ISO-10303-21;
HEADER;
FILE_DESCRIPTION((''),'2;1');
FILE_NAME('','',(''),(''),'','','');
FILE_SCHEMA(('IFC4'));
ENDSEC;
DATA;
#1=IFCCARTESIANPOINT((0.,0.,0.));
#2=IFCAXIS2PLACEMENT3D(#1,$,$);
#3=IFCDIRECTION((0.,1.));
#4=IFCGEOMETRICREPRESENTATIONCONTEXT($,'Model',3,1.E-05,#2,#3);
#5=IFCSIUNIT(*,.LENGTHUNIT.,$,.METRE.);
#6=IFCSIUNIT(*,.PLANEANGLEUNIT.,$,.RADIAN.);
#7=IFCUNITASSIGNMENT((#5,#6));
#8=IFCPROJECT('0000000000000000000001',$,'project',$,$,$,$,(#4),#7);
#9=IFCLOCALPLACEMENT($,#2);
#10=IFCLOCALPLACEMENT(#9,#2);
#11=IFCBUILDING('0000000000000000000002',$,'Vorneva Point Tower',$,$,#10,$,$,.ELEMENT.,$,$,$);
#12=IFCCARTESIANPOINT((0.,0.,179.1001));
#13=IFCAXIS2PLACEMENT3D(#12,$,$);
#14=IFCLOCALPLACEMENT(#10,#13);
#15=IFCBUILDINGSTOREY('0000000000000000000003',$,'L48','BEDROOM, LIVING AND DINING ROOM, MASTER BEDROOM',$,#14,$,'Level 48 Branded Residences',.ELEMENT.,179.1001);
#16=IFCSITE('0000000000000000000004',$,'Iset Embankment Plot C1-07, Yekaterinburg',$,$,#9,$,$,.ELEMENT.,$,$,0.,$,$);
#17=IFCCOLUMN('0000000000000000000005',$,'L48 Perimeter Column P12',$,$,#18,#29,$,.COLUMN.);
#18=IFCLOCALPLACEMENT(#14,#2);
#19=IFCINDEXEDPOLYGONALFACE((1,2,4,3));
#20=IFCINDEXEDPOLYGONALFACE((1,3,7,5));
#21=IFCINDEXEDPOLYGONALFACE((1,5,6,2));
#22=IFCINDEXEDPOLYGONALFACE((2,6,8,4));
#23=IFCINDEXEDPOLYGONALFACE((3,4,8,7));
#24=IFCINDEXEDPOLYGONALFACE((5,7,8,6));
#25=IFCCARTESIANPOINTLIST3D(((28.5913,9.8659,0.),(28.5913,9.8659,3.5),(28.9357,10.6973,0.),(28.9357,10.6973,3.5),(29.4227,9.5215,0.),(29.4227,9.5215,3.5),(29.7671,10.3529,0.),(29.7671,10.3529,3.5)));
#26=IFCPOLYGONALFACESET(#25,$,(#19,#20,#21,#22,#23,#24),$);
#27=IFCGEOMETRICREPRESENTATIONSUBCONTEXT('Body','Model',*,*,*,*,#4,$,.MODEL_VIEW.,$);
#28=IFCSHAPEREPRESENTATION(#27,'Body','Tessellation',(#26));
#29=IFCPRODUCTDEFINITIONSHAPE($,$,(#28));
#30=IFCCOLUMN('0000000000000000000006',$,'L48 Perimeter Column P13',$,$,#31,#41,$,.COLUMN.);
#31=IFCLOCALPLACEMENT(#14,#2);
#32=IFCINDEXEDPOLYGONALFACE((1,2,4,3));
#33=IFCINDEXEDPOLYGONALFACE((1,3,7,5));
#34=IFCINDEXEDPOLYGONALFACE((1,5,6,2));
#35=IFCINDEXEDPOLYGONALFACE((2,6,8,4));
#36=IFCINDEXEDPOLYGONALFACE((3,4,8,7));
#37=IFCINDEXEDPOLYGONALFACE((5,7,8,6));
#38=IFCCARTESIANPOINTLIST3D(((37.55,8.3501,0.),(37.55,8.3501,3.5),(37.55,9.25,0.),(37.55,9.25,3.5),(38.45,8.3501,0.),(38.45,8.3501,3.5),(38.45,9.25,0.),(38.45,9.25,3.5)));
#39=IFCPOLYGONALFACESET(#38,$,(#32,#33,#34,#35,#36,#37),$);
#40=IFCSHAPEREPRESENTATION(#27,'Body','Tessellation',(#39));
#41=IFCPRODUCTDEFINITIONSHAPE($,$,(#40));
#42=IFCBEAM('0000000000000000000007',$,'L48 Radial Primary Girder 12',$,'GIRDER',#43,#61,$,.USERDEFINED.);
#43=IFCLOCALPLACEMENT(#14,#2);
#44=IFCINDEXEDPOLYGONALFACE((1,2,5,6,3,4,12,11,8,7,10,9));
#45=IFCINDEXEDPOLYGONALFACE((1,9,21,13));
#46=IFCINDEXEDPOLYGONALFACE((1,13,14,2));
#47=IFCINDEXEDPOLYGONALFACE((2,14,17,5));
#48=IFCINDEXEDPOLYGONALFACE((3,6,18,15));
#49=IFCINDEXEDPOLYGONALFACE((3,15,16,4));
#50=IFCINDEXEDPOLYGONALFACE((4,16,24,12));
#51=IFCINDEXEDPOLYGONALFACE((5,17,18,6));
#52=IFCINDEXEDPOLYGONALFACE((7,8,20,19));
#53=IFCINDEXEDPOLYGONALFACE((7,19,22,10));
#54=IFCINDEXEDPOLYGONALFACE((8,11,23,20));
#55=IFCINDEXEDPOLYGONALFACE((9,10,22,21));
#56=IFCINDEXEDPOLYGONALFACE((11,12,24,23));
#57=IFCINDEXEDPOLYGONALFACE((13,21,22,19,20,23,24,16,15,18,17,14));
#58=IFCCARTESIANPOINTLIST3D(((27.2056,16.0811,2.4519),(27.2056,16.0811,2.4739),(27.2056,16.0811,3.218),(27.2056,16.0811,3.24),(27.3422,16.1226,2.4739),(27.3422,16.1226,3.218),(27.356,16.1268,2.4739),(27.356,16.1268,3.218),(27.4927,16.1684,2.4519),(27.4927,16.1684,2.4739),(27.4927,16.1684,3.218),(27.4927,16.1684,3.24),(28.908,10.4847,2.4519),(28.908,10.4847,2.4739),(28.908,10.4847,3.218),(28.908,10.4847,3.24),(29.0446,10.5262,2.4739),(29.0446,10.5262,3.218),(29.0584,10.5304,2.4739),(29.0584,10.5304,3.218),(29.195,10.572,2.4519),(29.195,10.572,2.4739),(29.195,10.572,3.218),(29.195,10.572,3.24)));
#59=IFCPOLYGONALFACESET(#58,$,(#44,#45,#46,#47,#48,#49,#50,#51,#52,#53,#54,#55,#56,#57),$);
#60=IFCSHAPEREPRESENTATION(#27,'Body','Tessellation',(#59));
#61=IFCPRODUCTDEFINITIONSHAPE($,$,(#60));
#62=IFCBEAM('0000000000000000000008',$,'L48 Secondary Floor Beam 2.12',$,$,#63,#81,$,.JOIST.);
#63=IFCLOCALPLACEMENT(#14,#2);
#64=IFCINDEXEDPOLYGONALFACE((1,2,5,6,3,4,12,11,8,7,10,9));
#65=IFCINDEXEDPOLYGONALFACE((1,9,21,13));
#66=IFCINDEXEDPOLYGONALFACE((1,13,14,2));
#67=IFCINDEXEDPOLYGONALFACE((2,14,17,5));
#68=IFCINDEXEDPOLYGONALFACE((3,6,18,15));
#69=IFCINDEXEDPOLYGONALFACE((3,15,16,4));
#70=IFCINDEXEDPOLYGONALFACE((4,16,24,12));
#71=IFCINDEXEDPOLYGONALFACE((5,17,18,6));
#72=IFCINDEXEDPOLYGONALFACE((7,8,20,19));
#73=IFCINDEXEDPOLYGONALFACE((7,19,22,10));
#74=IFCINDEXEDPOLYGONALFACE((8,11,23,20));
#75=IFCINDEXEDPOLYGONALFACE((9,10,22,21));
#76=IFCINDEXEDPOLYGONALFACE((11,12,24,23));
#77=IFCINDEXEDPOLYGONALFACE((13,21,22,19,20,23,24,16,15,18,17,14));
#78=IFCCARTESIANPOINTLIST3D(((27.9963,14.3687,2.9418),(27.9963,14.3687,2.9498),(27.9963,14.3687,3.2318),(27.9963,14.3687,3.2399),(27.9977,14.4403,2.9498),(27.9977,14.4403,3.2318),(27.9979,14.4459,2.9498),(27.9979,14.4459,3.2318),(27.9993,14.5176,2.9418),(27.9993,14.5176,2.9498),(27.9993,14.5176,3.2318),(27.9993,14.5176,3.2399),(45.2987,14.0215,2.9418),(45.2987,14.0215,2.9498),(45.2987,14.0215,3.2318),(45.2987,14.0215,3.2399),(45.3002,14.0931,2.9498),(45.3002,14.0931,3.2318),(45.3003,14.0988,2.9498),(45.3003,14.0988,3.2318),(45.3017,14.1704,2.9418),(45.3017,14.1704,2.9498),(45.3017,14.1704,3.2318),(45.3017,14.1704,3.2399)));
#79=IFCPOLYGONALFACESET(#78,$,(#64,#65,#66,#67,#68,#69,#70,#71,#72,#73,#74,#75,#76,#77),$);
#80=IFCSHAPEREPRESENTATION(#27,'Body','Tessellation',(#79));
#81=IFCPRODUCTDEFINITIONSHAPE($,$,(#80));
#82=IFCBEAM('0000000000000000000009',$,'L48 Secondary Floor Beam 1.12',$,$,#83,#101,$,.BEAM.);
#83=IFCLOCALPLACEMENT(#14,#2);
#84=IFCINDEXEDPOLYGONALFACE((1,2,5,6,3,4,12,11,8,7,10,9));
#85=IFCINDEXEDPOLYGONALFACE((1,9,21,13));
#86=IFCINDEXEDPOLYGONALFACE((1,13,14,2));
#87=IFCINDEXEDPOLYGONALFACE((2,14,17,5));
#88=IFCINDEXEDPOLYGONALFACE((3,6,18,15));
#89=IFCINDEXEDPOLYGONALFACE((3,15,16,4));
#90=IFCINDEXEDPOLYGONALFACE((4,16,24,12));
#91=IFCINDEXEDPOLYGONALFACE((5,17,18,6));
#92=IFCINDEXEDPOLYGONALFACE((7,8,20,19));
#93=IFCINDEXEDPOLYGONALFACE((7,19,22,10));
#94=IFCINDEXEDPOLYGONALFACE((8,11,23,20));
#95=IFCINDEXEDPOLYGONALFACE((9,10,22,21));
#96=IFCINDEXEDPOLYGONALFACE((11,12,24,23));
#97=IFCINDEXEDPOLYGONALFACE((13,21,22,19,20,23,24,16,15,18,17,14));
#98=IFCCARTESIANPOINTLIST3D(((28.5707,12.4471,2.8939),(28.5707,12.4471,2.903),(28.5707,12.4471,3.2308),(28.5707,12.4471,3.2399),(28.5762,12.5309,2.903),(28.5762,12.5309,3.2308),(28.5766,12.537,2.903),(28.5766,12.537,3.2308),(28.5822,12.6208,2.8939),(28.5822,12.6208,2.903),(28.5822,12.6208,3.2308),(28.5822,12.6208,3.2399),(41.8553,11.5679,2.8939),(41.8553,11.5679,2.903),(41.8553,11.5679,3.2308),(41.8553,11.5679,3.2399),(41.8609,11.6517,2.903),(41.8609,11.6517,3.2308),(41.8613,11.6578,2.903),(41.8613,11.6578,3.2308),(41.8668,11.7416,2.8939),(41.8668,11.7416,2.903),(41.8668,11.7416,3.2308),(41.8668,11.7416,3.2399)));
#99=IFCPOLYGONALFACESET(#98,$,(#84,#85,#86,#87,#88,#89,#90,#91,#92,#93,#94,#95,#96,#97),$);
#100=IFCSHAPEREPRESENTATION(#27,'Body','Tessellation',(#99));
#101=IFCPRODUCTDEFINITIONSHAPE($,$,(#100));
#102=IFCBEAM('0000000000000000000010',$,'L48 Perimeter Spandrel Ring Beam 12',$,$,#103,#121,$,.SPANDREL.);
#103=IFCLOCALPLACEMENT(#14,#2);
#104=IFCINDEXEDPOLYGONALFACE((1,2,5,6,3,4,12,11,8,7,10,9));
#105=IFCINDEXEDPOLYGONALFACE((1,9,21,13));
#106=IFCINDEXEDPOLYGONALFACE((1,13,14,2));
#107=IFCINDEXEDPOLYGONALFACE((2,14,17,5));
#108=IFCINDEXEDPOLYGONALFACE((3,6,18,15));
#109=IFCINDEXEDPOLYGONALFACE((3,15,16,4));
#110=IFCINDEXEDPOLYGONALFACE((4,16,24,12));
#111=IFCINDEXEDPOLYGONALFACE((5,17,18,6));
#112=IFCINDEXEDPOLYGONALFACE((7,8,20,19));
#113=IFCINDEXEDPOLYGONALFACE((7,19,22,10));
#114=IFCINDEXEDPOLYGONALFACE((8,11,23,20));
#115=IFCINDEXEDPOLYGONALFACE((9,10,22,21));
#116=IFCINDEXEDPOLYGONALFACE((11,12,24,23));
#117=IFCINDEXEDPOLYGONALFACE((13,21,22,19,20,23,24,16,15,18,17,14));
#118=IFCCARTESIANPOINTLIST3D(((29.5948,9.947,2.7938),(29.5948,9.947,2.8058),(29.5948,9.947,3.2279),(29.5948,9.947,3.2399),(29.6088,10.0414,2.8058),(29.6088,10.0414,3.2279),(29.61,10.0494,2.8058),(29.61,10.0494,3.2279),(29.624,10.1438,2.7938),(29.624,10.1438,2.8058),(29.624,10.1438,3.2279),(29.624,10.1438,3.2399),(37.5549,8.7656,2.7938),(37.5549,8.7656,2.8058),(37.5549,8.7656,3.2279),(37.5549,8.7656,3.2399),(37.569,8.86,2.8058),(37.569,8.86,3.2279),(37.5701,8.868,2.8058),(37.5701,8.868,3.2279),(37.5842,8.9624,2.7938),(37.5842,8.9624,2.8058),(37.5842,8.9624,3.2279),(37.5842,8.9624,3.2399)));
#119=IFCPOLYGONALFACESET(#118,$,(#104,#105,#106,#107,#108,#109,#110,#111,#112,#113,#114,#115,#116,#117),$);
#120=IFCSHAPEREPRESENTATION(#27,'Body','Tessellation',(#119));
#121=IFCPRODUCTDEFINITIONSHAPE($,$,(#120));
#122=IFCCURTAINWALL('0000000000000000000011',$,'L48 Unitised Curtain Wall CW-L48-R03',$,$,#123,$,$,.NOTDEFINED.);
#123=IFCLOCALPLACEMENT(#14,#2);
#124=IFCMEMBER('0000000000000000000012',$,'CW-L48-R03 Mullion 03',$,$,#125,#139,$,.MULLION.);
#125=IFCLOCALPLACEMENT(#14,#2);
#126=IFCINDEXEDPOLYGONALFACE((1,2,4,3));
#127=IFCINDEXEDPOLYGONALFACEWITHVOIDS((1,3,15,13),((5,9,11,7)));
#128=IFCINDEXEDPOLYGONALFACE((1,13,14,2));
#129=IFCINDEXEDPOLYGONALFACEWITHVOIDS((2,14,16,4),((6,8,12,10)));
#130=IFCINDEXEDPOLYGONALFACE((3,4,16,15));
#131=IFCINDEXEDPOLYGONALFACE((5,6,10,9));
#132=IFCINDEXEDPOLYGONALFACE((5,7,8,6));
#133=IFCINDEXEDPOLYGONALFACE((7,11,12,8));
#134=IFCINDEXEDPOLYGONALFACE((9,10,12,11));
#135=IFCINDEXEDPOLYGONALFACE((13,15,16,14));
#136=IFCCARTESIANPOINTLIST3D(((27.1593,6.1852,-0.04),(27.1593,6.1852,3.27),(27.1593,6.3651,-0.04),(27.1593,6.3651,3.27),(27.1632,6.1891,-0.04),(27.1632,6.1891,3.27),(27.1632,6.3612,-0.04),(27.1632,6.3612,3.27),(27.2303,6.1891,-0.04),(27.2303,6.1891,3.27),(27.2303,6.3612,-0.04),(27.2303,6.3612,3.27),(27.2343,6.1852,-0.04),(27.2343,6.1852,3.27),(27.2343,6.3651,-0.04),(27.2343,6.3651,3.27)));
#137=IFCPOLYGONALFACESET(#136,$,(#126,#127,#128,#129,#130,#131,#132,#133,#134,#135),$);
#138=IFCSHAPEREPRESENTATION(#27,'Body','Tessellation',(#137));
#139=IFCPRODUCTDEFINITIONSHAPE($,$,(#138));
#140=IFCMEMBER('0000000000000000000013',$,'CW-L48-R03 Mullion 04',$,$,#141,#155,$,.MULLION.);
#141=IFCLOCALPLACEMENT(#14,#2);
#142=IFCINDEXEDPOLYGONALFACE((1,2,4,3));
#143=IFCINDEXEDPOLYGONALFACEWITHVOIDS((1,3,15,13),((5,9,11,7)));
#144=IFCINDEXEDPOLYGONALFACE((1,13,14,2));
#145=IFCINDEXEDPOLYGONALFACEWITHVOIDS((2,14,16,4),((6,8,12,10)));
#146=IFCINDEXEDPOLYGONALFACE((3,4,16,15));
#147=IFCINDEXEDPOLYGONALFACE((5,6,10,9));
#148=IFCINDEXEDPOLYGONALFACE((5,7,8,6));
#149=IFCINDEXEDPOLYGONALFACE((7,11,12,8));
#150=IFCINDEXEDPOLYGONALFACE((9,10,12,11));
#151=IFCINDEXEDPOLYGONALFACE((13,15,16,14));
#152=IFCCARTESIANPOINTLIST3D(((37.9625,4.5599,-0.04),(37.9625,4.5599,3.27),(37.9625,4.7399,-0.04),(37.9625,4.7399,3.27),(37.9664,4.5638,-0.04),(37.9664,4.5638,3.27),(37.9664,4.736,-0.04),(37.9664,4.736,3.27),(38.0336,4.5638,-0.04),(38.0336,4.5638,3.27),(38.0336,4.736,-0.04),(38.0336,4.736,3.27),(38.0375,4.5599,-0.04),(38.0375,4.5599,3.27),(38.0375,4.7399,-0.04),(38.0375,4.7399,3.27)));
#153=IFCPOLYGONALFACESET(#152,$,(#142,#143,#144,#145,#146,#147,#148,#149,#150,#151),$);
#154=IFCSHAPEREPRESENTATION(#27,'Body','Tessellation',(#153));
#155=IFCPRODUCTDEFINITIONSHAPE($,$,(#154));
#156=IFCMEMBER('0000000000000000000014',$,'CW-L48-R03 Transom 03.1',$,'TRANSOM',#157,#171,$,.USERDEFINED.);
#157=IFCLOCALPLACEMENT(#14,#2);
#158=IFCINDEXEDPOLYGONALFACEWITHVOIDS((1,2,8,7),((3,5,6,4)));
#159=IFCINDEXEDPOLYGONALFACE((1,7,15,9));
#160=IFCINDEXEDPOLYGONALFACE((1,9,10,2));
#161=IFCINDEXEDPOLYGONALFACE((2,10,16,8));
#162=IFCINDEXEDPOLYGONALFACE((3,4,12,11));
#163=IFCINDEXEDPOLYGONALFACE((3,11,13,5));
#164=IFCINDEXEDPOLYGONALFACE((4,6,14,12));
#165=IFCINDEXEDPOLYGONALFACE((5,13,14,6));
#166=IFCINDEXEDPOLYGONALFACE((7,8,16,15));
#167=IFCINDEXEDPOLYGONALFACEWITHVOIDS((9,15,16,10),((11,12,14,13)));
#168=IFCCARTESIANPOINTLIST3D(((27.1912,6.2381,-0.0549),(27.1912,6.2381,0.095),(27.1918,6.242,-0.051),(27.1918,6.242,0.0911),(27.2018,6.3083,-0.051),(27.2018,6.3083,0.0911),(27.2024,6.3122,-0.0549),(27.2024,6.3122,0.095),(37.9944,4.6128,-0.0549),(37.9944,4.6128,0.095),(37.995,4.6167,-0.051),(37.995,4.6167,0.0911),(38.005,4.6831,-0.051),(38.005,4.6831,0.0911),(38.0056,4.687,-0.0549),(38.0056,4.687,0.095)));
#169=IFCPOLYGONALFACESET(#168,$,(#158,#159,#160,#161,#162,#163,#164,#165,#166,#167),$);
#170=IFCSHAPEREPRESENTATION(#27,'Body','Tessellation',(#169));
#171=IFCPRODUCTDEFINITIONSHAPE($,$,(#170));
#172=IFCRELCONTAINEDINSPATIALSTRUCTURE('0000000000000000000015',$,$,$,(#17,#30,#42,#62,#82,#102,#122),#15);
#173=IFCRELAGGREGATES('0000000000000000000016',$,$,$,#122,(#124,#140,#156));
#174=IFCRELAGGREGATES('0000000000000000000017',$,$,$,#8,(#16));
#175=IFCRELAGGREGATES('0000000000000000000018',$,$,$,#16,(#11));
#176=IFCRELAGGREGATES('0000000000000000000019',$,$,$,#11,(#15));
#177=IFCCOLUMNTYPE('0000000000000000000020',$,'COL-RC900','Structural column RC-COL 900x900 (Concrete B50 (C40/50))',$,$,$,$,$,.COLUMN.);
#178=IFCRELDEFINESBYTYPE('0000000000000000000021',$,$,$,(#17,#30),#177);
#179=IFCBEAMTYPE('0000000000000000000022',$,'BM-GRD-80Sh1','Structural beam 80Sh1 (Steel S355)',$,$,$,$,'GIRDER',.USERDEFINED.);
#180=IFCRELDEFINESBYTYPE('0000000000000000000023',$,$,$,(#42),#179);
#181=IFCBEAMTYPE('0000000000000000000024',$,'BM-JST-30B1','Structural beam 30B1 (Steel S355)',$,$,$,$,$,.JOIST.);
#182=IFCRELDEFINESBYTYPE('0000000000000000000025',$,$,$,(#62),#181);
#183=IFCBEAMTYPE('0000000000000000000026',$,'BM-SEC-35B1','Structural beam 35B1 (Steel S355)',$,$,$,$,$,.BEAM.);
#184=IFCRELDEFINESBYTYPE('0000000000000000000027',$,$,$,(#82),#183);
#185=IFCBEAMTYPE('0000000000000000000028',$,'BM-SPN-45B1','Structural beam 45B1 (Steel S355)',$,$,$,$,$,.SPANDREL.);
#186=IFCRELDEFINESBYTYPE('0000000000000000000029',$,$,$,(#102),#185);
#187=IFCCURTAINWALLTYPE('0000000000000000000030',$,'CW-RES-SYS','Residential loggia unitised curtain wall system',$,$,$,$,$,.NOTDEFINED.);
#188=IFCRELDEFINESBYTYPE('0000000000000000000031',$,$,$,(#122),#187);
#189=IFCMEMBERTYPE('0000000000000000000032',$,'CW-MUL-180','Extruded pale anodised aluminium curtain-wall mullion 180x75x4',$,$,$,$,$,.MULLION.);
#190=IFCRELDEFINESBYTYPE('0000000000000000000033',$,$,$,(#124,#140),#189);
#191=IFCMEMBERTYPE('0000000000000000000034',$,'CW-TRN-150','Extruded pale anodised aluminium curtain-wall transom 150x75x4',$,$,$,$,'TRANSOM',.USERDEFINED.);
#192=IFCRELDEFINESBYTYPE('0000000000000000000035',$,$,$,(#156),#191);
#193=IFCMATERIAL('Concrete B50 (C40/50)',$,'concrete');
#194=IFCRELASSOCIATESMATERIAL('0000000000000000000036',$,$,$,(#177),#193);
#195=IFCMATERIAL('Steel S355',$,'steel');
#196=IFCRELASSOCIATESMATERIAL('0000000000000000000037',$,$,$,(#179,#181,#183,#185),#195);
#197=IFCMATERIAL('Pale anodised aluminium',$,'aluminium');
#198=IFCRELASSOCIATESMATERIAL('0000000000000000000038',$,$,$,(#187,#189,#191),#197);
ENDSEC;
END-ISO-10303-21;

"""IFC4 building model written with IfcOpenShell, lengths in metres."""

from ifc_helpers import new_model, si_unit, direction, frame, origin, origin_2d, place, context, subcontext, project, spatial, rectangle, hollow_rectangle, i_section, extrude, material, material_profile, profile_set, type_object, element, aggregate, save


model = new_model("IFC4")

# Units and contexts
model_context = context("Model", 3, precision=1e-05, world=origin(), true_north=direction((0.0, 1.0)))
body_context = subcontext(model_context, "Body", "Model", "MODEL_VIEW")
ifc_project = project(units=[si_unit("LENGTHUNIT", "METRE"), si_unit("PLANEANGLEUNIT", "RADIAN")], contexts=[model_context])

# Site, building, storey
site_placement = place(None, origin())
site = spatial("IfcSite", under=ifc_project, at=site_placement, Name="Iset Embankment Plot C1-07, Yekaterinburg", CompositionType="ELEMENT", RefElevation=0.0)
building_placement = place(site_placement, origin())
building = spatial("IfcBuilding", under=site, at=building_placement, Name="Vorneva Point Tower", CompositionType="ELEMENT")
storey_placement = place(building_placement, frame((0.0, 0.0, 179.1001)))
storey = spatial("IfcBuildingStorey", under=building, at=storey_placement, Name="L48", Description="BEDROOM, LIVING AND DINING ROOM, MASTER BEDROOM", LongName="Level 48 Branded Residences", CompositionType="ELEMENT", Elevation=179.1001)

# Columns
ifc_material_1 = material(Name="Concrete B50 (C40/50)", Category="concrete")
ifc_material_profile_1 = material_profile(ifc_material_1, rectangle(XDim=0.8999, YDim=0.8999, at=origin_2d()), Name="RC-COL 900x900")
ifc_profile_set_1 = profile_set([ifc_material_profile_1], Name="Concrete B50 (C40/50)")
column_type = type_object("IfcColumnType", Name="COL-RC900", Description="Structural column RC-COL 900x900 (Concrete B50 (C40/50))", PredefinedType="COLUMN", material=ifc_profile_set_1)
for number, where, z_axis, x_axis, name in (
    (1, (29.1792, 10.1094, 0.0), (0.0, 0.0, 1.0), (-0.382683, -0.92388, 0.0), "L48 Perimeter Column P12"),
    (2, (38.0, 8.8, 0.0), (0.0, 0.0, 1.0), (0.0, -1.0, 0.0), "L48 Perimeter Column P13"),
):
    element("IfcColumn", number, at=place(storey_placement, frame(where, z_axis=z_axis, x_axis=x_axis)), inside=storey, type_object=column_type, Name=name, PredefinedType="COLUMN", context=body_context, shape_type="SweptSolid", body=[
        extrude(rectangle(XDim=0.8999, YDim=0.8999, at=origin_2d()), origin(), (0.0, 0.0, 1.0), 3.5),
    ])

# Beams
ifc_material_2 = material(Name="Steel S355", Category="steel")
ifc_material_profile_2 = material_profile(ifc_material_2, i_section(OverallWidth=0.3, OverallDepth=0.7881, WebThickness=0.0144, FlangeThickness=0.022, at=origin_2d()), Name="80Sh1")
ifc_profile_set_2 = profile_set([ifc_material_profile_2], Name="Steel S355")
beam_type_1 = type_object("IfcBeamType", Name="BM-GRD-80Sh1", Description="Structural beam 80Sh1 (Steel S355)", ElementType="GIRDER", PredefinedType="USERDEFINED", material=ifc_profile_set_2)
beam_1_placement = place(storey_placement, frame((29.0515, 10.5283, 2.8459), z_axis=(-0.291025, 0.956715, 0.0), x_axis=(-0.956715, -0.291025, 0.0)))
element("IfcBeam", 3, at=beam_1_placement, inside=storey, type_object=beam_type_1, Name="L48 Radial Primary Girder 12", ObjectType="GIRDER", PredefinedType="USERDEFINED", context=body_context, shape_type="SweptSolid", body=[
    extrude(i_section(OverallWidth=0.3, OverallDepth=0.7881, WebThickness=0.0144, FlangeThickness=0.022, at=origin_2d()), origin(), (0.0, 0.0, 1.0), 5.8496),
])
ifc_material_profile_3 = material_profile(ifc_material_2, i_section(OverallWidth=0.1489, OverallDepth=0.2981, WebThickness=0.0056, FlangeThickness=0.0081, at=origin_2d()), Name="30B1")
ifc_profile_set_3 = profile_set([ifc_material_profile_3], Name="Steel S355")
beam_type_2 = type_object("IfcBeamType", Name="BM-JST-30B1", Description="Structural beam 30B1 (Steel S355)", PredefinedType="JOIST", material=ifc_profile_set_3)
beam_2_placement = place(storey_placement, frame((27.9978, 14.4431, 3.0908), z_axis=(0.999799, -0.020061, 0.0), x_axis=(0.020061, 0.999799, 0.0)))
element("IfcBeam", 4, at=beam_2_placement, inside=storey, type_object=beam_type_2, Name="L48 Secondary Floor Beam 2.12", PredefinedType="JOIST", context=body_context, shape_type="SweptSolid", body=[
    extrude(i_section(OverallWidth=0.1489, OverallDepth=0.2981, WebThickness=0.0056, FlangeThickness=0.0081, at=origin_2d()), origin(), (0.0, 0.0, 1.0), 17.3059),
])
ifc_material_profile_4 = material_profile(ifc_material_2, i_section(OverallWidth=0.1741, OverallDepth=0.3459, WebThickness=0.0061, FlangeThickness=0.009, at=origin_2d()), Name="35B1")
ifc_profile_set_4 = profile_set([ifc_material_profile_4], Name="Steel S355")
beam_type_3 = type_object("IfcBeamType", Name="BM-SEC-35B1", Description="Structural beam 35B1 (Steel S355)", PredefinedType="BEAM", material=ifc_profile_set_4)
beam_3_placement = place(storey_placement, frame((28.5764, 12.5339, 3.0669), z_axis=(0.997817, -0.066033, 0.0), x_axis=(0.066033, 0.997817, 0.0)))
element("IfcBeam", 5, at=beam_3_placement, inside=storey, type_object=beam_type_3, Name="L48 Secondary Floor Beam 1.12", PredefinedType="BEAM", context=body_context, shape_type="SweptSolid", body=[
    extrude(i_section(OverallWidth=0.1741, OverallDepth=0.3459, WebThickness=0.0061, FlangeThickness=0.009, at=origin_2d()), origin(), (0.0, 0.0, 1.0), 13.3137),
])
ifc_material_profile_5 = material_profile(ifc_material_2, i_section(OverallWidth=0.199, OverallDepth=0.446, WebThickness=0.0081, FlangeThickness=0.012, at=origin_2d()), Name="45B1")
ifc_profile_set_5 = profile_set([ifc_material_profile_5], Name="Steel S355")
beam_type_4 = type_object("IfcBeamType", Name="BM-SPN-45B1", Description="Structural beam 45B1 (Steel S355)", PredefinedType="SPANDREL", material=ifc_profile_set_5)
beam_4_placement = place(storey_placement, frame((29.6094, 10.0454, 3.0168), z_axis=(0.989165, -0.146805, 0.0), x_axis=(0.146805, 0.989165, 0.0)))
element("IfcBeam", 6, at=beam_4_placement, inside=storey, type_object=beam_type_4, Name="L48 Perimeter Spandrel Ring Beam 12", PredefinedType="SPANDREL", context=body_context, shape_type="SweptSolid", body=[
    extrude(i_section(OverallWidth=0.199, OverallDepth=0.446, WebThickness=0.0081, FlangeThickness=0.012, at=origin_2d()), origin(), (0.0, 0.0, 1.0), 8.0474),
])

# Curtain wall, members
ifc_material_3 = material(Name="Pale anodised aluminium", Category="aluminium")
curtain_wall_type = type_object("IfcCurtainWallType", Name="CW-RES-SYS", Description="Residential loggia unitised curtain wall system", PredefinedType="NOTDEFINED", material=ifc_material_3)
curtain_wall_placement = place(storey_placement, origin())
curtain_wall = element("IfcCurtainWall", 7, at=curtain_wall_placement, inside=storey, type_object=curtain_wall_type, Name="L48 Unitised Curtain Wall CW-L48-R03", PredefinedType="NOTDEFINED")
ifc_material_profile_6 = material_profile(ifc_material_3, hollow_rectangle(XDim=0.075, YDim=0.1799, WallThickness=0.0039, at=origin_2d()), Name="AL-MUL 180x75x4")
ifc_profile_set_6 = profile_set([ifc_material_profile_6], Name="Pale anodised aluminium")
member_type_1 = type_object("IfcMemberType", Name="CW-MUL-180", Description="Extruded pale anodised aluminium curtain-wall mullion 180x75x4", PredefinedType="MULLION", material=ifc_profile_set_6)
member_1_placement = place(storey_placement, frame((27.1968, 6.2751, -0.04), z_axis=(0.0, 0.0, 1.0), x_axis=(1.0, 0.0, 0.0)))
member_1 = element("IfcMember", 8, at=member_1_placement, type_object=member_type_1, Name="CW-L48-R03 Mullion 03", PredefinedType="MULLION", context=body_context, shape_type="SweptSolid", body=[
    extrude(hollow_rectangle(XDim=0.075, YDim=0.1799, WallThickness=0.0039, at=origin_2d()), origin(), (0.0, 0.0, 1.0), 3.3101),
])
member_2_placement = place(storey_placement, frame((38.0, 4.6499, -0.04), z_axis=(0.0, 0.0, 1.0), x_axis=(1.0, 0.0, 0.0)))
member_2 = element("IfcMember", 9, at=member_2_placement, type_object=member_type_1, Name="CW-L48-R03 Mullion 04", PredefinedType="MULLION", context=body_context, shape_type="SweptSolid", body=[
    extrude(hollow_rectangle(XDim=0.075, YDim=0.1799, WallThickness=0.0039, at=origin_2d()), origin(), (0.0, 0.0, 1.0), 3.3101),
])
ifc_material_profile_7 = material_profile(ifc_material_3, hollow_rectangle(XDim=0.075, YDim=0.1499, WallThickness=0.0039, at=origin_2d()), Name="AL-TRN 150x75x4")
ifc_profile_set_7 = profile_set([ifc_material_profile_7], Name="Pale anodised aluminium")
member_type_2 = type_object("IfcMemberType", Name="CW-TRN-150", Description="Extruded pale anodised aluminium curtain-wall transom 150x75x4", ElementType="TRANSOM", PredefinedType="USERDEFINED", material=ifc_profile_set_7)
member_3_placement = place(storey_placement, frame((27.1968, 6.2751, 0.02), z_axis=(0.988872, -0.148767, 0.0), x_axis=(0.148767, 0.988872, 0.0)))
member_3 = element("IfcMember", 10, at=member_3_placement, type_object=member_type_2, Name="CW-L48-R03 Transom 03.1", ObjectType="TRANSOM", PredefinedType="USERDEFINED", context=body_context, shape_type="SweptSolid", body=[
    extrude(hollow_rectangle(XDim=0.075, YDim=0.1499, WallThickness=0.0039, at=origin_2d()), origin(), (0.0, 0.0, 1.0), 10.9248),
])
aggregate(curtain_wall, [member_1, member_2, member_3])

save(model, "model.ifc")
